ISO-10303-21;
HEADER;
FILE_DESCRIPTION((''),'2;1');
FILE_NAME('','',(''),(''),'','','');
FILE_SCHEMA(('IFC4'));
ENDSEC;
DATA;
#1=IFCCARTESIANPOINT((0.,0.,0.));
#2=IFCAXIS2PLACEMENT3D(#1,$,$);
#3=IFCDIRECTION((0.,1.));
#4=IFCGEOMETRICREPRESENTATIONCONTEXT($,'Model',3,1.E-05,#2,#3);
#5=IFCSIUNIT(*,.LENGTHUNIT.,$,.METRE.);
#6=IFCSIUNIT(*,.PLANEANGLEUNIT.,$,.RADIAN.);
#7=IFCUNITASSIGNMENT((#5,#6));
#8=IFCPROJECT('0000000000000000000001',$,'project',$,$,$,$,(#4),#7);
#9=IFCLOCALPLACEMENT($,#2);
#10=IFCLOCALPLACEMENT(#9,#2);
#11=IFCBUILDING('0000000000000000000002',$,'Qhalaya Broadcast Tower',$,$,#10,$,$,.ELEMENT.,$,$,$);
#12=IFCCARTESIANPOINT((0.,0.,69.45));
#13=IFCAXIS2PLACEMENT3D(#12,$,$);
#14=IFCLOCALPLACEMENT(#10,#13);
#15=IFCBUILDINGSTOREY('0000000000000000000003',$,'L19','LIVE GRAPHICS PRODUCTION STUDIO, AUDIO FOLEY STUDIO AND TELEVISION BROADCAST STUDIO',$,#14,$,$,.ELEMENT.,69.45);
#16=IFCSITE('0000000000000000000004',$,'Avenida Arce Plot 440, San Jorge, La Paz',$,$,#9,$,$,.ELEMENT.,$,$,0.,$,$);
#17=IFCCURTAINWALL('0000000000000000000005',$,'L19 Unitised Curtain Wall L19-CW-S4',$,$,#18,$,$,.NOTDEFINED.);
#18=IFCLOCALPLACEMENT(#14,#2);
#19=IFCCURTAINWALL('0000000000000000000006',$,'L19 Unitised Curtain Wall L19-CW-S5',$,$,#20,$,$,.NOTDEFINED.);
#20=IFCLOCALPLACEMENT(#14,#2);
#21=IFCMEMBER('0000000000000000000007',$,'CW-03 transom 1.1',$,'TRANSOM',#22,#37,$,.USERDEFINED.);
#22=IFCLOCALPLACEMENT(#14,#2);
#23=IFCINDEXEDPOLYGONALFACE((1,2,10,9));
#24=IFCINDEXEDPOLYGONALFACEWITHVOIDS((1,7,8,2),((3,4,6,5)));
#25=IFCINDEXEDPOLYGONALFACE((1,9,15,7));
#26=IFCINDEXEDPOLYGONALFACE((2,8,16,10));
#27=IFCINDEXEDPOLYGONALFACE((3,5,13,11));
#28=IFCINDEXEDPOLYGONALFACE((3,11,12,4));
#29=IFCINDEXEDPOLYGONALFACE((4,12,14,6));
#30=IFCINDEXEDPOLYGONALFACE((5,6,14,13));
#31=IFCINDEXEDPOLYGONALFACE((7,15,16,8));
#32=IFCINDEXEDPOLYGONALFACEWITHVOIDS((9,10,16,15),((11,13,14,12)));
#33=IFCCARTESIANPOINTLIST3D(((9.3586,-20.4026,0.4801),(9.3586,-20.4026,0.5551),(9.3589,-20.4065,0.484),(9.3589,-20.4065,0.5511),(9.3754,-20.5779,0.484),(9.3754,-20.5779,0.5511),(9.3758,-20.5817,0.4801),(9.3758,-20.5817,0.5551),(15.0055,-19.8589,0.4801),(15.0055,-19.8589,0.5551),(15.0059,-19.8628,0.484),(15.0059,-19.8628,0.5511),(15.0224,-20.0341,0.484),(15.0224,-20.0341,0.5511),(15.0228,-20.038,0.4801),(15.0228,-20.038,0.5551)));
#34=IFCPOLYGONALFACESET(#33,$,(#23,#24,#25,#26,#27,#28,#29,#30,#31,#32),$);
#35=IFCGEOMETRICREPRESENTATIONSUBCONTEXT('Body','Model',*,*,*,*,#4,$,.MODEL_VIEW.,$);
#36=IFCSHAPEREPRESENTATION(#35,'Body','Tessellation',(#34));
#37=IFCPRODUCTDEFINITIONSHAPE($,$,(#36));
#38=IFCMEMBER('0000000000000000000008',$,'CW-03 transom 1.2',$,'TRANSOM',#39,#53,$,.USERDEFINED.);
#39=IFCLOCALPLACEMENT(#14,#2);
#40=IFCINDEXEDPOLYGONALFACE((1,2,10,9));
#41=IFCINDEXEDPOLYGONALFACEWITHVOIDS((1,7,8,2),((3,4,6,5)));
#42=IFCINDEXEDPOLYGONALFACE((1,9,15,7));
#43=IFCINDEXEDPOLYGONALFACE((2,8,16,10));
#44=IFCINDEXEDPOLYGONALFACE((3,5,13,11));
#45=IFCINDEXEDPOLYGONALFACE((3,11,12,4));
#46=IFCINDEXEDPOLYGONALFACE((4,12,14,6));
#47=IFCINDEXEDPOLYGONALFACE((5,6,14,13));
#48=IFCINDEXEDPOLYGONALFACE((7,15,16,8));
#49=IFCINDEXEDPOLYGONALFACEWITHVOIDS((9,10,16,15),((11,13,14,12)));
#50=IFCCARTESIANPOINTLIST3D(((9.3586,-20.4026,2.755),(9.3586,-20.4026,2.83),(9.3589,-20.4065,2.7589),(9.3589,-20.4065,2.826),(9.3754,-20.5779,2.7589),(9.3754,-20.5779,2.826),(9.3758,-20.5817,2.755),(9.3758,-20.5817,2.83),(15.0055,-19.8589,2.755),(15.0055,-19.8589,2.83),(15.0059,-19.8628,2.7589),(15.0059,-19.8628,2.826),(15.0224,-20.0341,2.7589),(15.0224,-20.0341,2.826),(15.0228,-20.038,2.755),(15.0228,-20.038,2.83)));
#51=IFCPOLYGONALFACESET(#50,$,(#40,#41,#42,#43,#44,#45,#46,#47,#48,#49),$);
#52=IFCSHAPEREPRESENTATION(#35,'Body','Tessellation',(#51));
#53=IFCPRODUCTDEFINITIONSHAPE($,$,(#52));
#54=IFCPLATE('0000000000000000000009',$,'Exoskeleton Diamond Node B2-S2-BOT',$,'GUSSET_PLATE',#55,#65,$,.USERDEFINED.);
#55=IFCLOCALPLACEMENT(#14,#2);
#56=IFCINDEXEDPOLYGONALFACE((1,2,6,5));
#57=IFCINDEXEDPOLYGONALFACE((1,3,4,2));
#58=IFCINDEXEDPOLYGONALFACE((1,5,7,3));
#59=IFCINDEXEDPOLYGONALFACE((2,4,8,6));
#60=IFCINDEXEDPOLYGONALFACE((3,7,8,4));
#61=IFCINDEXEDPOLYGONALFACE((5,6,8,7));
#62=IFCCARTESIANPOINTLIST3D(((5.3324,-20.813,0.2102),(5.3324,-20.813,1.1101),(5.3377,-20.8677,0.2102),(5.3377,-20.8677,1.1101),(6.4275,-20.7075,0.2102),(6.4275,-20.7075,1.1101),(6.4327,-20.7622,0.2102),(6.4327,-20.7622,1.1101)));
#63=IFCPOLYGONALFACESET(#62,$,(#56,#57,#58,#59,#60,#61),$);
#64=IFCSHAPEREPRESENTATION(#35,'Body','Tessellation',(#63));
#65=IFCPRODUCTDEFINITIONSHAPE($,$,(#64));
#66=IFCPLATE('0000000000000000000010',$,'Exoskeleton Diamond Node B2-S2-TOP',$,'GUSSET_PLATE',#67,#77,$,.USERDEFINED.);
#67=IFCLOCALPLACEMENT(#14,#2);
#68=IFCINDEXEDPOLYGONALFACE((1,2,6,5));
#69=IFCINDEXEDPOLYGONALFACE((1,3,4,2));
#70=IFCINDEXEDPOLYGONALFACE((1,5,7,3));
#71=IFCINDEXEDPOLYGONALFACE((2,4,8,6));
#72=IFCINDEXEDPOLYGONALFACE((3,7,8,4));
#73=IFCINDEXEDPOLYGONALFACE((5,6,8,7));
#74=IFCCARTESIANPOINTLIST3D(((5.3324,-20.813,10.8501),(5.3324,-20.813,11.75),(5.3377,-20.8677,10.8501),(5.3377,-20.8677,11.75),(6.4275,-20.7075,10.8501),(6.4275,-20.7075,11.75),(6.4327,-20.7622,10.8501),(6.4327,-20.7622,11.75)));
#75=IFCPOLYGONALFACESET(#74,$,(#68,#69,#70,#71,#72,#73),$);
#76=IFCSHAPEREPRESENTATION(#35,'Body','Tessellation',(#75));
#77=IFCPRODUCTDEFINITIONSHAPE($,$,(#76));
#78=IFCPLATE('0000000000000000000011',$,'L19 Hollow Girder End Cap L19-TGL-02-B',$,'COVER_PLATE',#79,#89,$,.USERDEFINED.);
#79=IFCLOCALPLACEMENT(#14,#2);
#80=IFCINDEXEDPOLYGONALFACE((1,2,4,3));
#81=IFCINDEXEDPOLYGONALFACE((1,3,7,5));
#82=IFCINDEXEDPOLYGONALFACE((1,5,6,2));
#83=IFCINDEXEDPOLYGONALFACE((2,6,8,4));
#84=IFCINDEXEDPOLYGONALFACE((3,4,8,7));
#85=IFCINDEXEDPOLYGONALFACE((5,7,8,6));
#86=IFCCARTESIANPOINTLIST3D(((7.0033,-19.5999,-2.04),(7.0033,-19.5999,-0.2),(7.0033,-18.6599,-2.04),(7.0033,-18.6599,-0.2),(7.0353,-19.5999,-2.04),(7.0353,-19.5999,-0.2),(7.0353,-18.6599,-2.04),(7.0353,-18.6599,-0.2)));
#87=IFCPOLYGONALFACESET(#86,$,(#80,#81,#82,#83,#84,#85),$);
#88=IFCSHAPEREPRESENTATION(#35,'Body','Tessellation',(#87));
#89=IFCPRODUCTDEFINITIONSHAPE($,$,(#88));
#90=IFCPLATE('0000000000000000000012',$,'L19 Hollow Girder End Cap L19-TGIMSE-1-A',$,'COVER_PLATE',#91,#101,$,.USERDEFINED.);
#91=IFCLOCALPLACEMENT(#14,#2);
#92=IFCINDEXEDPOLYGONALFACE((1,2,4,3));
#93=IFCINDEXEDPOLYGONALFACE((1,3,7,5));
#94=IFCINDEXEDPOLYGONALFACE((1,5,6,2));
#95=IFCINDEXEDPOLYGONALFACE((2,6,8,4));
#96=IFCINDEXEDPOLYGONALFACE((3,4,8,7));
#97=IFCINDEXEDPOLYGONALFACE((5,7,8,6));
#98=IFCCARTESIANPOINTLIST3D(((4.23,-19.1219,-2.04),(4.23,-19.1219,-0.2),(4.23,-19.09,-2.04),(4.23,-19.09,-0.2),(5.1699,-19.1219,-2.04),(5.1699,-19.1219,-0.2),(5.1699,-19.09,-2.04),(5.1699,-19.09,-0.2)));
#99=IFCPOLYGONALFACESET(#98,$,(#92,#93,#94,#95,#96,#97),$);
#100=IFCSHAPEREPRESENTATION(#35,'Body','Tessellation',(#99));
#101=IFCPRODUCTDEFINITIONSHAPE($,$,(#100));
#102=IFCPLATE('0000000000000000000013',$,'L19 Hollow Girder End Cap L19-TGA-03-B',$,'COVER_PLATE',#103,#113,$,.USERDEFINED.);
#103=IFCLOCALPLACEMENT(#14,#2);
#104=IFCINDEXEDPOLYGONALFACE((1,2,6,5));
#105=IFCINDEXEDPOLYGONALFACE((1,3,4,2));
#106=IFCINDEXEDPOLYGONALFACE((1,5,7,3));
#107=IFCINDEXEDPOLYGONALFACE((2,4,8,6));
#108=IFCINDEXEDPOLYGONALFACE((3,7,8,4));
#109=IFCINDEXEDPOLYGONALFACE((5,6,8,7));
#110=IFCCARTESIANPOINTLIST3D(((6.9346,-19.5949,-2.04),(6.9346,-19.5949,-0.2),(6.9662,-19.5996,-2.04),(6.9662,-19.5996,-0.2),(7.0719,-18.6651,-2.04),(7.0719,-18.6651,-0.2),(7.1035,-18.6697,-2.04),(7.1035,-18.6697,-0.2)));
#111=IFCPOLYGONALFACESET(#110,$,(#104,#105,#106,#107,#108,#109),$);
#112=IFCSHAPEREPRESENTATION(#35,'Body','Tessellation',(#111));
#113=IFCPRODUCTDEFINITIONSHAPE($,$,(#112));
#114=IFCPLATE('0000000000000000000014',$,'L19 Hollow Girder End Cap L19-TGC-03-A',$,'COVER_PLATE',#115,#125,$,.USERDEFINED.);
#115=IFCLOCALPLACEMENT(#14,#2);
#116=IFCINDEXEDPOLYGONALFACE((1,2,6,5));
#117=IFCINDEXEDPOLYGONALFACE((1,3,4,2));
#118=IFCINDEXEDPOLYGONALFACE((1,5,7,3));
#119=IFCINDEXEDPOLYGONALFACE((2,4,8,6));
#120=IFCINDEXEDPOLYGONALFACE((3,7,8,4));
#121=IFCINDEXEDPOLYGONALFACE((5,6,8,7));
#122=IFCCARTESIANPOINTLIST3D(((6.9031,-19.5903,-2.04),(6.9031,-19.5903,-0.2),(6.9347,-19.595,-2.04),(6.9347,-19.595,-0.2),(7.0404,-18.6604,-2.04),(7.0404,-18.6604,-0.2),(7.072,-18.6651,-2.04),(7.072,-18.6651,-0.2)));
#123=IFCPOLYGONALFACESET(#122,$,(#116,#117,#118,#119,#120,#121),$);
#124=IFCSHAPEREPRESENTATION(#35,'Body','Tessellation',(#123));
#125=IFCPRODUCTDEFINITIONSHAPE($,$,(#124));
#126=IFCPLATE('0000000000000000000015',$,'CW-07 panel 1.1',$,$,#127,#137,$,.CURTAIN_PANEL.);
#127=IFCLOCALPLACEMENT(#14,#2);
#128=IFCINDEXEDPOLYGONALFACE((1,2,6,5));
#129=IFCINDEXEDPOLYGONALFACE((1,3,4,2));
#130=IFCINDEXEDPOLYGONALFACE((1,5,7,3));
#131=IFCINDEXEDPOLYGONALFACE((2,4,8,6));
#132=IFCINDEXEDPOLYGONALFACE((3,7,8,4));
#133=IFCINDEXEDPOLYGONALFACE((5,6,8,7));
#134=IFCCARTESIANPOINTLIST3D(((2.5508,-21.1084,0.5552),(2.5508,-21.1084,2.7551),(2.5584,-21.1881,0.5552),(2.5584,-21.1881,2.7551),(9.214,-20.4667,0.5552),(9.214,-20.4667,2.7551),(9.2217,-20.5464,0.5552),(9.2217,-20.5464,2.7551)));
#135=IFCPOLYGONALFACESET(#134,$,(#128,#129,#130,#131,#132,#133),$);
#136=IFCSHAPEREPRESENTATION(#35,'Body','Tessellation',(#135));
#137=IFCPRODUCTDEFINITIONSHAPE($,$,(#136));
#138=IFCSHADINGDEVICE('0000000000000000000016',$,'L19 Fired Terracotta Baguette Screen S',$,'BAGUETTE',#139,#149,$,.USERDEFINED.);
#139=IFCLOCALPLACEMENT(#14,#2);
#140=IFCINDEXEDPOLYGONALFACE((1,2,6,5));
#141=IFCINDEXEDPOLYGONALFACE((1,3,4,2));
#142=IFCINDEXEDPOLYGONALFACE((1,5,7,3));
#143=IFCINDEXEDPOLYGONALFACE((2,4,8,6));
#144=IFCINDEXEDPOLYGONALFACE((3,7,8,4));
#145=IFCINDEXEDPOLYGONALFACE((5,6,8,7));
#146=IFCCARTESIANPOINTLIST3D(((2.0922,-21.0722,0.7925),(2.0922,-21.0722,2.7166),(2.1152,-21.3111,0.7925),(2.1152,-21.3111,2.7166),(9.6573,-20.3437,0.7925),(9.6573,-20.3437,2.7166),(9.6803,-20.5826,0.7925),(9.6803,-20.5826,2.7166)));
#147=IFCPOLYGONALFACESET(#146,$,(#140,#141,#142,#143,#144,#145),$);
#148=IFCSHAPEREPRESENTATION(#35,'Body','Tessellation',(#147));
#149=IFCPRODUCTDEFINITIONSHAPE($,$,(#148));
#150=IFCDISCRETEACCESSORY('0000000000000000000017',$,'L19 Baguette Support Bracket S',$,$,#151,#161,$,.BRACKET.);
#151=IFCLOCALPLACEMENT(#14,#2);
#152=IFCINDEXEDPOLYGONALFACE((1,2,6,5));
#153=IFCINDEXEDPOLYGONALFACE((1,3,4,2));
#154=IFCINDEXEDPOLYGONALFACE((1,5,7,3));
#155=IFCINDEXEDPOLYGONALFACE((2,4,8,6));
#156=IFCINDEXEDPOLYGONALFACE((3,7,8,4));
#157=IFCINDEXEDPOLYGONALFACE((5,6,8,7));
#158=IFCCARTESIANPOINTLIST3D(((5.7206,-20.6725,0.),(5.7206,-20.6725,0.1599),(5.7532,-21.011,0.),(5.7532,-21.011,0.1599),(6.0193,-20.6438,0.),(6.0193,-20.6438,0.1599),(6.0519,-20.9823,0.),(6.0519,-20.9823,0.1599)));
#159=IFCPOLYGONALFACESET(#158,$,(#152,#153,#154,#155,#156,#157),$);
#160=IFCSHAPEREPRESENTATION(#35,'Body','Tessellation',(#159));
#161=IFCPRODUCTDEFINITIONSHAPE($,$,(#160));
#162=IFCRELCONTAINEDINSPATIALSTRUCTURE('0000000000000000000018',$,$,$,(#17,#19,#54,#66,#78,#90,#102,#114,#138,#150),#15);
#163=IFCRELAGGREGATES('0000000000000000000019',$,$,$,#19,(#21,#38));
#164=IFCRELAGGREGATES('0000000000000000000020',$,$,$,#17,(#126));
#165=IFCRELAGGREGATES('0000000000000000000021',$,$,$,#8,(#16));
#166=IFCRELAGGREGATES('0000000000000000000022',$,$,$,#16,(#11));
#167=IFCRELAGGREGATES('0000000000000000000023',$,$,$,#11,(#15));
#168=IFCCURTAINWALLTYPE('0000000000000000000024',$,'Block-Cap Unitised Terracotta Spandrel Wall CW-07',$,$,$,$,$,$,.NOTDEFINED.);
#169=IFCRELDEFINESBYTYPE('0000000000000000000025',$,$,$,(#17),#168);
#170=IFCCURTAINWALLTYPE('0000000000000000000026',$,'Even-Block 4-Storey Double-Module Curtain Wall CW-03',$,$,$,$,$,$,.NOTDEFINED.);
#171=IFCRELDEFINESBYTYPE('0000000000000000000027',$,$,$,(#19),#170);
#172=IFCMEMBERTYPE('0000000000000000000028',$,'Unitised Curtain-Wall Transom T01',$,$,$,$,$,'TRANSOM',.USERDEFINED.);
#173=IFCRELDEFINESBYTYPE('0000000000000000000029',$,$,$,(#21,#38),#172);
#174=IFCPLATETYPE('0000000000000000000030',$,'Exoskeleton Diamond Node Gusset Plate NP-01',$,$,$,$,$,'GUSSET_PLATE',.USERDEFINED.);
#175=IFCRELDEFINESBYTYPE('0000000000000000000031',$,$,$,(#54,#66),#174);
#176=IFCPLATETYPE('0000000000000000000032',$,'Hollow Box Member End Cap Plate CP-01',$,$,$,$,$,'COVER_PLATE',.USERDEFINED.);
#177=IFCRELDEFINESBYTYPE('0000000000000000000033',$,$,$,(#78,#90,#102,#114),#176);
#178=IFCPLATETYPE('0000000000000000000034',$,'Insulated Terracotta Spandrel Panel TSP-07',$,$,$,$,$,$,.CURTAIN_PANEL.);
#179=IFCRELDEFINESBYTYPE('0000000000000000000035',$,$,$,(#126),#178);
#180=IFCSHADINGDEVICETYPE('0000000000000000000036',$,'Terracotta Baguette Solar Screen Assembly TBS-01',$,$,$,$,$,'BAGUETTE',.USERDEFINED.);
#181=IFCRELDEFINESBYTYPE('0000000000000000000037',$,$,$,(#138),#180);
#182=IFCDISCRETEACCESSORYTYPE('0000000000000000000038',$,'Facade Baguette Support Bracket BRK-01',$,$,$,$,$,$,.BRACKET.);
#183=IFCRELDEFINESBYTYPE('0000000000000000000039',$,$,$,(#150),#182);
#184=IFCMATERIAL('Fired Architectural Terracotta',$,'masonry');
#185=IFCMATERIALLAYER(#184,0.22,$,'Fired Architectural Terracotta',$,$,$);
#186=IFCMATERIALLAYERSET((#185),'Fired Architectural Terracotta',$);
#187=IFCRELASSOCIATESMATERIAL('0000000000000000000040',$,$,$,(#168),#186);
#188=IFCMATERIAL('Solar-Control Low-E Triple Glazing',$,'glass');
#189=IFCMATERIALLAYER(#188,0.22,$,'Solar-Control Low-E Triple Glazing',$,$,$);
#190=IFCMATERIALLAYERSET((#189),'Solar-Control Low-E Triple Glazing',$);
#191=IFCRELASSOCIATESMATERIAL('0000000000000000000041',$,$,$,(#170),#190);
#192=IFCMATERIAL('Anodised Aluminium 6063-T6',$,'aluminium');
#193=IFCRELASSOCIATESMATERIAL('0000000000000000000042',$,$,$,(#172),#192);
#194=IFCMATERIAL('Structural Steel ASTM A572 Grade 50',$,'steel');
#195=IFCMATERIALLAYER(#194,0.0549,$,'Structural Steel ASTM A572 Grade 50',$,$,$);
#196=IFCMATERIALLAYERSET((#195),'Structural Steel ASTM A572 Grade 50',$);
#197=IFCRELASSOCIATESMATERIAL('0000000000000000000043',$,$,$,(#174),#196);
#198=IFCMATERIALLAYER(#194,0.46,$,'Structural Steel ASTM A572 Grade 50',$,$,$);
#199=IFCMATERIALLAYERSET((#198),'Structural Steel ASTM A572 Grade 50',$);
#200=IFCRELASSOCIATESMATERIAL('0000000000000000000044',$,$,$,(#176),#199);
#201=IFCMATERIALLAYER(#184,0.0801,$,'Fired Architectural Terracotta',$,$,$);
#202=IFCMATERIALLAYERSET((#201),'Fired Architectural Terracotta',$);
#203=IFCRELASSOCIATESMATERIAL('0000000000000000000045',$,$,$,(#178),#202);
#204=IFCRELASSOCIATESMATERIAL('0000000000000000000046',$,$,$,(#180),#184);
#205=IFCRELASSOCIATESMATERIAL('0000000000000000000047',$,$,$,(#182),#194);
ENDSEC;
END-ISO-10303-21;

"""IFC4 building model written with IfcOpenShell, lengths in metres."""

from ifc_helpers import new_model, si_unit, direction, frame, origin, origin_2d, place, context, subcontext, project, spatial, rectangle, hollow_rectangle, extrude, material, layer, layer_set, material_profile, profile_set, type_object, element, aggregate, save


model = new_model("IFC4")

# Units and contexts
model_context = context("Model", 3, precision=1e-05, world=origin(), true_north=direction((0.0, 1.0)))
body_context = subcontext(model_context, "Body", "Model", "MODEL_VIEW")
ifc_project = project(units=[si_unit("LENGTHUNIT", "METRE"), si_unit("PLANEANGLEUNIT", "RADIAN")], contexts=[model_context])

# Site, building, storey
site_placement = place(None, origin())
site = spatial("IfcSite", under=ifc_project, at=site_placement, Name="Avenida Arce Plot 440, San Jorge, La Paz", CompositionType="ELEMENT", RefElevation=0.0)
building_placement = place(site_placement, origin())
building = spatial("IfcBuilding", under=site, at=building_placement, Name="Qhalaya Broadcast Tower", CompositionType="ELEMENT")
storey_placement = place(building_placement, frame((0.0, 0.0, 69.45)))
storey = spatial("IfcBuildingStorey", under=building, at=storey_placement, Name="L19", Description="LIVE GRAPHICS PRODUCTION STUDIO, AUDIO FOLEY STUDIO AND TELEVISION BROADCAST STUDIO", CompositionType="ELEMENT", Elevation=69.45)

# Shared definitions
ifc_material_1 = material(Name="Structural Steel ASTM A572 Grade 50", Category="steel")

# Curtain wall
ifc_material_2 = material(Name="Fired Architectural Terracotta", Category="masonry")
ifc_layer_1 = layer(ifc_material_2, 0.22, Name="Fired Architectural Terracotta")
ifc_layer_set_1 = layer_set([ifc_layer_1], Name="Fired Architectural Terracotta")
curtain_wall_type_1 = type_object("IfcCurtainWallType", Name="Block-Cap Unitised Terracotta Spandrel Wall CW-07", PredefinedType="NOTDEFINED", material=ifc_layer_set_1)
curtain_wall_1_placement = place(storey_placement, origin())
curtain_wall_1 = element("IfcCurtainWall", 1, at=curtain_wall_1_placement, inside=storey, type_object=curtain_wall_type_1, Name="L19 Unitised Curtain Wall L19-CW-S4", PredefinedType="NOTDEFINED")
ifc_material_3 = material(Name="Anodised Aluminium 6063-T6", Category="aluminium")

# Curtain wall
ifc_material_4 = material(Name="Solar-Control Low-E Triple Glazing", Category="glass")
ifc_layer_2 = layer(ifc_material_4, 0.22, Name="Solar-Control Low-E Triple Glazing")
ifc_layer_set_2 = layer_set([ifc_layer_2], Name="Solar-Control Low-E Triple Glazing")
curtain_wall_type_2 = type_object("IfcCurtainWallType", Name="Even-Block 4-Storey Double-Module Curtain Wall CW-03", PredefinedType="NOTDEFINED", material=ifc_layer_set_2)
curtain_wall_2_placement = place(storey_placement, origin())
curtain_wall_2 = element("IfcCurtainWall", 2, at=curtain_wall_2_placement, inside=storey, type_object=curtain_wall_type_2, Name="L19 Unitised Curtain Wall L19-CW-S5", PredefinedType="NOTDEFINED")

# Members
ifc_material_profile_1 = material_profile(ifc_material_3, hollow_rectangle(XDim=0.075, YDim=0.1799, WallThickness=0.0039, at=origin_2d()), Name="ALU-TRN 75x180x4")
ifc_profile_set_1 = profile_set([ifc_material_profile_1], Name="Anodised Aluminium 6063-T6")
member_type_1 = type_object("IfcMemberType", Name="Unitised Curtain-Wall Transom T01", ElementType="TRANSOM", PredefinedType="USERDEFINED", material=ifc_profile_set_1)
member_1_placement = place(storey_placement, frame((9.3672, -20.4922, 0.5176), z_axis=(0.995397, 0.095839, 0.0), x_axis=(0.0, 0.0, 1.0)))
member_1 = element("IfcMember", 3, at=member_1_placement, type_object=member_type_1, Name="CW-03 transom 1.1", ObjectType="TRANSOM", PredefinedType="USERDEFINED", context=body_context, shape_type="SweptSolid", body=[
    extrude(hollow_rectangle(XDim=0.075, YDim=0.1799, WallThickness=0.0039, at=origin_2d()), origin(), (0.0, 0.0, 1.0), 5.6731),
])
member_2_placement = place(storey_placement, frame((9.3672, -20.4922, 2.7925), z_axis=(0.995397, 0.095839, 0.0), x_axis=(0.0, 0.0, 1.0)))
member_2 = element("IfcMember", 4, at=member_2_placement, type_object=member_type_1, Name="CW-03 transom 1.2", ObjectType="TRANSOM", PredefinedType="USERDEFINED", context=body_context, shape_type="SweptSolid", body=[
    extrude(hollow_rectangle(XDim=0.075, YDim=0.1799, WallThickness=0.0039, at=origin_2d()), origin(), (0.0, 0.0, 1.0), 5.6731),
])
aggregate(curtain_wall_2, [member_1, member_2])

# Plates
ifc_layer_3 = layer(ifc_material_1, 0.0549, Name="Structural Steel ASTM A572 Grade 50")
ifc_layer_set_3 = layer_set([ifc_layer_3], Name="Structural Steel ASTM A572 Grade 50")
plate_type_1 = type_object("IfcPlateType", Name="Exoskeleton Diamond Node Gusset Plate NP-01", ElementType="GUSSET_PLATE", PredefinedType="USERDEFINED", material=ifc_layer_set_3)
for number, where, z_axis, x_axis, name in (
    (5, (5.8826, -20.7876, 0.2102), (0.0, 0.0, 1.0), (0.995396, 0.095846, 0.0), "Exoskeleton Diamond Node B2-S2-BOT"),
    (6, (5.8826, -20.7876, 10.8501), (0.0, 0.0, 1.0), (0.995396, 0.095846, 0.0), "Exoskeleton Diamond Node B2-S2-TOP"),
):
    element("IfcPlate", number, at=place(storey_placement, frame(where, z_axis=z_axis, x_axis=x_axis)), inside=storey, type_object=plate_type_1, Name=name, ObjectType="GUSSET_PLATE", PredefinedType="USERDEFINED", context=body_context, shape_type="SweptSolid", body=[
        extrude(rectangle(XDim=1.1001, YDim=0.0549, at=origin_2d()), origin(), (0.0, 0.0, 1.0), 0.8999),
    ])
ifc_layer_4 = layer(ifc_material_1, 0.46, Name="Structural Steel ASTM A572 Grade 50")
ifc_layer_set_4 = layer_set([ifc_layer_4], Name="Structural Steel ASTM A572 Grade 50")
plate_type_2 = type_object("IfcPlateType", Name="Hollow Box Member End Cap Plate CP-01", ElementType="COVER_PLATE", PredefinedType="USERDEFINED", material=ifc_layer_set_4)
for number, where, z_axis, x_axis, name in (
    (7, (7.0193, -19.1299, -2.04), (0.0, 0.0, 1.0), (0.0, 1.0, 0.0), "L19 Hollow Girder End Cap L19-TGL-02-B"),
    (8, (4.7, -19.106, -2.04), (0.0, 0.0, 1.0), (-1.0, 0.0, 0.0), "L19 Hollow Girder End Cap L19-TGIMSE-1-A"),
    (9, (7.019, -19.1323, -2.04), (0.0, 0.0, 1.0), (0.146083, 0.989272, 0.0), "L19 Hollow Girder End Cap L19-TGA-03-B"),
    (10, (6.9875, -19.1277, -2.04), (0.0, 0.0, 1.0), (0.146083, 0.989272, 0.0), "L19 Hollow Girder End Cap L19-TGC-03-A"),
):
    element("IfcPlate", number, at=place(storey_placement, frame(where, z_axis=z_axis, x_axis=x_axis)), inside=storey, type_object=plate_type_2, Name=name, ObjectType="COVER_PLATE", PredefinedType="USERDEFINED", context=body_context, shape_type="SweptSolid", body=[
        extrude(rectangle(XDim=0.9399, YDim=0.032, at=origin_2d()), origin(), (0.0, 0.0, 1.0), 1.8401),
    ])

# Plate
ifc_layer_5 = layer(ifc_material_2, 0.0801, Name="Fired Architectural Terracotta")
ifc_layer_set_5 = layer_set([ifc_layer_5], Name="Fired Architectural Terracotta")
plate_type_3 = type_object("IfcPlateType", Name="Insulated Terracotta Spandrel Panel TSP-07", PredefinedType="CURTAIN_PANEL", material=ifc_layer_set_5)
plate_placement = place(storey_placement, frame((5.8862, -20.8274, 0.5552), z_axis=(0.0, 0.0, 1.0), x_axis=(0.995396, 0.09585, 0.0)))
plate = element("IfcPlate", 11, at=plate_placement, type_object=plate_type_3, Name="CW-07 panel 1.1", PredefinedType="CURTAIN_PANEL", context=body_context, shape_type="SweptSolid", body=[
    extrude(rectangle(XDim=6.6941, YDim=0.0801, at=origin_2d()), origin(), (0.0, 0.0, 1.0), 2.2),
])
aggregate(curtain_wall_1, [plate])

# Shading device
shading_device_type = type_object("IfcShadingDeviceType", Name="Terracotta Baguette Solar Screen Assembly TBS-01", ElementType="BAGUETTE", PredefinedType="USERDEFINED", material=ifc_material_2)
shading_device_placement = place(storey_placement, frame((5.8862, -20.8274, 0.7925), z_axis=(0.0, 0.0, 1.0), x_axis=(0.995396, 0.095846, 0.0)))
element("IfcShadingDevice", 12, at=shading_device_placement, inside=storey, type_object=shading_device_type, Name="L19 Fired Terracotta Baguette Screen S", ObjectType="BAGUETTE", PredefinedType="USERDEFINED", context=body_context, shape_type="SweptSolid", body=[
    extrude(rectangle(XDim=7.6001, YDim=0.24, at=origin_2d()), origin(), (0.0, 0.0, 1.0), 1.9241),
])

# Discrete accessory
discrete_accessory_type = type_object("IfcDiscreteAccessoryType", Name="Facade Baguette Support Bracket BRK-01", PredefinedType="BRACKET", material=ifc_material_1)
discrete_accessory_placement = place(storey_placement, frame((5.8862, -20.8274, 0.0), z_axis=(0.0, 0.0, 1.0), x_axis=(0.995396, 0.095846, 0.0)))
element("IfcDiscreteAccessory", 13, at=discrete_accessory_placement, inside=storey, type_object=discrete_accessory_type, Name="L19 Baguette Support Bracket S", PredefinedType="BRACKET", context=body_context, shape_type="SweptSolid", body=[
    extrude(rectangle(XDim=0.3, YDim=0.3401, at=origin_2d()), origin(), (0.0, 0.0, 1.0), 0.1599),
])

save(model, "model.ifc")
